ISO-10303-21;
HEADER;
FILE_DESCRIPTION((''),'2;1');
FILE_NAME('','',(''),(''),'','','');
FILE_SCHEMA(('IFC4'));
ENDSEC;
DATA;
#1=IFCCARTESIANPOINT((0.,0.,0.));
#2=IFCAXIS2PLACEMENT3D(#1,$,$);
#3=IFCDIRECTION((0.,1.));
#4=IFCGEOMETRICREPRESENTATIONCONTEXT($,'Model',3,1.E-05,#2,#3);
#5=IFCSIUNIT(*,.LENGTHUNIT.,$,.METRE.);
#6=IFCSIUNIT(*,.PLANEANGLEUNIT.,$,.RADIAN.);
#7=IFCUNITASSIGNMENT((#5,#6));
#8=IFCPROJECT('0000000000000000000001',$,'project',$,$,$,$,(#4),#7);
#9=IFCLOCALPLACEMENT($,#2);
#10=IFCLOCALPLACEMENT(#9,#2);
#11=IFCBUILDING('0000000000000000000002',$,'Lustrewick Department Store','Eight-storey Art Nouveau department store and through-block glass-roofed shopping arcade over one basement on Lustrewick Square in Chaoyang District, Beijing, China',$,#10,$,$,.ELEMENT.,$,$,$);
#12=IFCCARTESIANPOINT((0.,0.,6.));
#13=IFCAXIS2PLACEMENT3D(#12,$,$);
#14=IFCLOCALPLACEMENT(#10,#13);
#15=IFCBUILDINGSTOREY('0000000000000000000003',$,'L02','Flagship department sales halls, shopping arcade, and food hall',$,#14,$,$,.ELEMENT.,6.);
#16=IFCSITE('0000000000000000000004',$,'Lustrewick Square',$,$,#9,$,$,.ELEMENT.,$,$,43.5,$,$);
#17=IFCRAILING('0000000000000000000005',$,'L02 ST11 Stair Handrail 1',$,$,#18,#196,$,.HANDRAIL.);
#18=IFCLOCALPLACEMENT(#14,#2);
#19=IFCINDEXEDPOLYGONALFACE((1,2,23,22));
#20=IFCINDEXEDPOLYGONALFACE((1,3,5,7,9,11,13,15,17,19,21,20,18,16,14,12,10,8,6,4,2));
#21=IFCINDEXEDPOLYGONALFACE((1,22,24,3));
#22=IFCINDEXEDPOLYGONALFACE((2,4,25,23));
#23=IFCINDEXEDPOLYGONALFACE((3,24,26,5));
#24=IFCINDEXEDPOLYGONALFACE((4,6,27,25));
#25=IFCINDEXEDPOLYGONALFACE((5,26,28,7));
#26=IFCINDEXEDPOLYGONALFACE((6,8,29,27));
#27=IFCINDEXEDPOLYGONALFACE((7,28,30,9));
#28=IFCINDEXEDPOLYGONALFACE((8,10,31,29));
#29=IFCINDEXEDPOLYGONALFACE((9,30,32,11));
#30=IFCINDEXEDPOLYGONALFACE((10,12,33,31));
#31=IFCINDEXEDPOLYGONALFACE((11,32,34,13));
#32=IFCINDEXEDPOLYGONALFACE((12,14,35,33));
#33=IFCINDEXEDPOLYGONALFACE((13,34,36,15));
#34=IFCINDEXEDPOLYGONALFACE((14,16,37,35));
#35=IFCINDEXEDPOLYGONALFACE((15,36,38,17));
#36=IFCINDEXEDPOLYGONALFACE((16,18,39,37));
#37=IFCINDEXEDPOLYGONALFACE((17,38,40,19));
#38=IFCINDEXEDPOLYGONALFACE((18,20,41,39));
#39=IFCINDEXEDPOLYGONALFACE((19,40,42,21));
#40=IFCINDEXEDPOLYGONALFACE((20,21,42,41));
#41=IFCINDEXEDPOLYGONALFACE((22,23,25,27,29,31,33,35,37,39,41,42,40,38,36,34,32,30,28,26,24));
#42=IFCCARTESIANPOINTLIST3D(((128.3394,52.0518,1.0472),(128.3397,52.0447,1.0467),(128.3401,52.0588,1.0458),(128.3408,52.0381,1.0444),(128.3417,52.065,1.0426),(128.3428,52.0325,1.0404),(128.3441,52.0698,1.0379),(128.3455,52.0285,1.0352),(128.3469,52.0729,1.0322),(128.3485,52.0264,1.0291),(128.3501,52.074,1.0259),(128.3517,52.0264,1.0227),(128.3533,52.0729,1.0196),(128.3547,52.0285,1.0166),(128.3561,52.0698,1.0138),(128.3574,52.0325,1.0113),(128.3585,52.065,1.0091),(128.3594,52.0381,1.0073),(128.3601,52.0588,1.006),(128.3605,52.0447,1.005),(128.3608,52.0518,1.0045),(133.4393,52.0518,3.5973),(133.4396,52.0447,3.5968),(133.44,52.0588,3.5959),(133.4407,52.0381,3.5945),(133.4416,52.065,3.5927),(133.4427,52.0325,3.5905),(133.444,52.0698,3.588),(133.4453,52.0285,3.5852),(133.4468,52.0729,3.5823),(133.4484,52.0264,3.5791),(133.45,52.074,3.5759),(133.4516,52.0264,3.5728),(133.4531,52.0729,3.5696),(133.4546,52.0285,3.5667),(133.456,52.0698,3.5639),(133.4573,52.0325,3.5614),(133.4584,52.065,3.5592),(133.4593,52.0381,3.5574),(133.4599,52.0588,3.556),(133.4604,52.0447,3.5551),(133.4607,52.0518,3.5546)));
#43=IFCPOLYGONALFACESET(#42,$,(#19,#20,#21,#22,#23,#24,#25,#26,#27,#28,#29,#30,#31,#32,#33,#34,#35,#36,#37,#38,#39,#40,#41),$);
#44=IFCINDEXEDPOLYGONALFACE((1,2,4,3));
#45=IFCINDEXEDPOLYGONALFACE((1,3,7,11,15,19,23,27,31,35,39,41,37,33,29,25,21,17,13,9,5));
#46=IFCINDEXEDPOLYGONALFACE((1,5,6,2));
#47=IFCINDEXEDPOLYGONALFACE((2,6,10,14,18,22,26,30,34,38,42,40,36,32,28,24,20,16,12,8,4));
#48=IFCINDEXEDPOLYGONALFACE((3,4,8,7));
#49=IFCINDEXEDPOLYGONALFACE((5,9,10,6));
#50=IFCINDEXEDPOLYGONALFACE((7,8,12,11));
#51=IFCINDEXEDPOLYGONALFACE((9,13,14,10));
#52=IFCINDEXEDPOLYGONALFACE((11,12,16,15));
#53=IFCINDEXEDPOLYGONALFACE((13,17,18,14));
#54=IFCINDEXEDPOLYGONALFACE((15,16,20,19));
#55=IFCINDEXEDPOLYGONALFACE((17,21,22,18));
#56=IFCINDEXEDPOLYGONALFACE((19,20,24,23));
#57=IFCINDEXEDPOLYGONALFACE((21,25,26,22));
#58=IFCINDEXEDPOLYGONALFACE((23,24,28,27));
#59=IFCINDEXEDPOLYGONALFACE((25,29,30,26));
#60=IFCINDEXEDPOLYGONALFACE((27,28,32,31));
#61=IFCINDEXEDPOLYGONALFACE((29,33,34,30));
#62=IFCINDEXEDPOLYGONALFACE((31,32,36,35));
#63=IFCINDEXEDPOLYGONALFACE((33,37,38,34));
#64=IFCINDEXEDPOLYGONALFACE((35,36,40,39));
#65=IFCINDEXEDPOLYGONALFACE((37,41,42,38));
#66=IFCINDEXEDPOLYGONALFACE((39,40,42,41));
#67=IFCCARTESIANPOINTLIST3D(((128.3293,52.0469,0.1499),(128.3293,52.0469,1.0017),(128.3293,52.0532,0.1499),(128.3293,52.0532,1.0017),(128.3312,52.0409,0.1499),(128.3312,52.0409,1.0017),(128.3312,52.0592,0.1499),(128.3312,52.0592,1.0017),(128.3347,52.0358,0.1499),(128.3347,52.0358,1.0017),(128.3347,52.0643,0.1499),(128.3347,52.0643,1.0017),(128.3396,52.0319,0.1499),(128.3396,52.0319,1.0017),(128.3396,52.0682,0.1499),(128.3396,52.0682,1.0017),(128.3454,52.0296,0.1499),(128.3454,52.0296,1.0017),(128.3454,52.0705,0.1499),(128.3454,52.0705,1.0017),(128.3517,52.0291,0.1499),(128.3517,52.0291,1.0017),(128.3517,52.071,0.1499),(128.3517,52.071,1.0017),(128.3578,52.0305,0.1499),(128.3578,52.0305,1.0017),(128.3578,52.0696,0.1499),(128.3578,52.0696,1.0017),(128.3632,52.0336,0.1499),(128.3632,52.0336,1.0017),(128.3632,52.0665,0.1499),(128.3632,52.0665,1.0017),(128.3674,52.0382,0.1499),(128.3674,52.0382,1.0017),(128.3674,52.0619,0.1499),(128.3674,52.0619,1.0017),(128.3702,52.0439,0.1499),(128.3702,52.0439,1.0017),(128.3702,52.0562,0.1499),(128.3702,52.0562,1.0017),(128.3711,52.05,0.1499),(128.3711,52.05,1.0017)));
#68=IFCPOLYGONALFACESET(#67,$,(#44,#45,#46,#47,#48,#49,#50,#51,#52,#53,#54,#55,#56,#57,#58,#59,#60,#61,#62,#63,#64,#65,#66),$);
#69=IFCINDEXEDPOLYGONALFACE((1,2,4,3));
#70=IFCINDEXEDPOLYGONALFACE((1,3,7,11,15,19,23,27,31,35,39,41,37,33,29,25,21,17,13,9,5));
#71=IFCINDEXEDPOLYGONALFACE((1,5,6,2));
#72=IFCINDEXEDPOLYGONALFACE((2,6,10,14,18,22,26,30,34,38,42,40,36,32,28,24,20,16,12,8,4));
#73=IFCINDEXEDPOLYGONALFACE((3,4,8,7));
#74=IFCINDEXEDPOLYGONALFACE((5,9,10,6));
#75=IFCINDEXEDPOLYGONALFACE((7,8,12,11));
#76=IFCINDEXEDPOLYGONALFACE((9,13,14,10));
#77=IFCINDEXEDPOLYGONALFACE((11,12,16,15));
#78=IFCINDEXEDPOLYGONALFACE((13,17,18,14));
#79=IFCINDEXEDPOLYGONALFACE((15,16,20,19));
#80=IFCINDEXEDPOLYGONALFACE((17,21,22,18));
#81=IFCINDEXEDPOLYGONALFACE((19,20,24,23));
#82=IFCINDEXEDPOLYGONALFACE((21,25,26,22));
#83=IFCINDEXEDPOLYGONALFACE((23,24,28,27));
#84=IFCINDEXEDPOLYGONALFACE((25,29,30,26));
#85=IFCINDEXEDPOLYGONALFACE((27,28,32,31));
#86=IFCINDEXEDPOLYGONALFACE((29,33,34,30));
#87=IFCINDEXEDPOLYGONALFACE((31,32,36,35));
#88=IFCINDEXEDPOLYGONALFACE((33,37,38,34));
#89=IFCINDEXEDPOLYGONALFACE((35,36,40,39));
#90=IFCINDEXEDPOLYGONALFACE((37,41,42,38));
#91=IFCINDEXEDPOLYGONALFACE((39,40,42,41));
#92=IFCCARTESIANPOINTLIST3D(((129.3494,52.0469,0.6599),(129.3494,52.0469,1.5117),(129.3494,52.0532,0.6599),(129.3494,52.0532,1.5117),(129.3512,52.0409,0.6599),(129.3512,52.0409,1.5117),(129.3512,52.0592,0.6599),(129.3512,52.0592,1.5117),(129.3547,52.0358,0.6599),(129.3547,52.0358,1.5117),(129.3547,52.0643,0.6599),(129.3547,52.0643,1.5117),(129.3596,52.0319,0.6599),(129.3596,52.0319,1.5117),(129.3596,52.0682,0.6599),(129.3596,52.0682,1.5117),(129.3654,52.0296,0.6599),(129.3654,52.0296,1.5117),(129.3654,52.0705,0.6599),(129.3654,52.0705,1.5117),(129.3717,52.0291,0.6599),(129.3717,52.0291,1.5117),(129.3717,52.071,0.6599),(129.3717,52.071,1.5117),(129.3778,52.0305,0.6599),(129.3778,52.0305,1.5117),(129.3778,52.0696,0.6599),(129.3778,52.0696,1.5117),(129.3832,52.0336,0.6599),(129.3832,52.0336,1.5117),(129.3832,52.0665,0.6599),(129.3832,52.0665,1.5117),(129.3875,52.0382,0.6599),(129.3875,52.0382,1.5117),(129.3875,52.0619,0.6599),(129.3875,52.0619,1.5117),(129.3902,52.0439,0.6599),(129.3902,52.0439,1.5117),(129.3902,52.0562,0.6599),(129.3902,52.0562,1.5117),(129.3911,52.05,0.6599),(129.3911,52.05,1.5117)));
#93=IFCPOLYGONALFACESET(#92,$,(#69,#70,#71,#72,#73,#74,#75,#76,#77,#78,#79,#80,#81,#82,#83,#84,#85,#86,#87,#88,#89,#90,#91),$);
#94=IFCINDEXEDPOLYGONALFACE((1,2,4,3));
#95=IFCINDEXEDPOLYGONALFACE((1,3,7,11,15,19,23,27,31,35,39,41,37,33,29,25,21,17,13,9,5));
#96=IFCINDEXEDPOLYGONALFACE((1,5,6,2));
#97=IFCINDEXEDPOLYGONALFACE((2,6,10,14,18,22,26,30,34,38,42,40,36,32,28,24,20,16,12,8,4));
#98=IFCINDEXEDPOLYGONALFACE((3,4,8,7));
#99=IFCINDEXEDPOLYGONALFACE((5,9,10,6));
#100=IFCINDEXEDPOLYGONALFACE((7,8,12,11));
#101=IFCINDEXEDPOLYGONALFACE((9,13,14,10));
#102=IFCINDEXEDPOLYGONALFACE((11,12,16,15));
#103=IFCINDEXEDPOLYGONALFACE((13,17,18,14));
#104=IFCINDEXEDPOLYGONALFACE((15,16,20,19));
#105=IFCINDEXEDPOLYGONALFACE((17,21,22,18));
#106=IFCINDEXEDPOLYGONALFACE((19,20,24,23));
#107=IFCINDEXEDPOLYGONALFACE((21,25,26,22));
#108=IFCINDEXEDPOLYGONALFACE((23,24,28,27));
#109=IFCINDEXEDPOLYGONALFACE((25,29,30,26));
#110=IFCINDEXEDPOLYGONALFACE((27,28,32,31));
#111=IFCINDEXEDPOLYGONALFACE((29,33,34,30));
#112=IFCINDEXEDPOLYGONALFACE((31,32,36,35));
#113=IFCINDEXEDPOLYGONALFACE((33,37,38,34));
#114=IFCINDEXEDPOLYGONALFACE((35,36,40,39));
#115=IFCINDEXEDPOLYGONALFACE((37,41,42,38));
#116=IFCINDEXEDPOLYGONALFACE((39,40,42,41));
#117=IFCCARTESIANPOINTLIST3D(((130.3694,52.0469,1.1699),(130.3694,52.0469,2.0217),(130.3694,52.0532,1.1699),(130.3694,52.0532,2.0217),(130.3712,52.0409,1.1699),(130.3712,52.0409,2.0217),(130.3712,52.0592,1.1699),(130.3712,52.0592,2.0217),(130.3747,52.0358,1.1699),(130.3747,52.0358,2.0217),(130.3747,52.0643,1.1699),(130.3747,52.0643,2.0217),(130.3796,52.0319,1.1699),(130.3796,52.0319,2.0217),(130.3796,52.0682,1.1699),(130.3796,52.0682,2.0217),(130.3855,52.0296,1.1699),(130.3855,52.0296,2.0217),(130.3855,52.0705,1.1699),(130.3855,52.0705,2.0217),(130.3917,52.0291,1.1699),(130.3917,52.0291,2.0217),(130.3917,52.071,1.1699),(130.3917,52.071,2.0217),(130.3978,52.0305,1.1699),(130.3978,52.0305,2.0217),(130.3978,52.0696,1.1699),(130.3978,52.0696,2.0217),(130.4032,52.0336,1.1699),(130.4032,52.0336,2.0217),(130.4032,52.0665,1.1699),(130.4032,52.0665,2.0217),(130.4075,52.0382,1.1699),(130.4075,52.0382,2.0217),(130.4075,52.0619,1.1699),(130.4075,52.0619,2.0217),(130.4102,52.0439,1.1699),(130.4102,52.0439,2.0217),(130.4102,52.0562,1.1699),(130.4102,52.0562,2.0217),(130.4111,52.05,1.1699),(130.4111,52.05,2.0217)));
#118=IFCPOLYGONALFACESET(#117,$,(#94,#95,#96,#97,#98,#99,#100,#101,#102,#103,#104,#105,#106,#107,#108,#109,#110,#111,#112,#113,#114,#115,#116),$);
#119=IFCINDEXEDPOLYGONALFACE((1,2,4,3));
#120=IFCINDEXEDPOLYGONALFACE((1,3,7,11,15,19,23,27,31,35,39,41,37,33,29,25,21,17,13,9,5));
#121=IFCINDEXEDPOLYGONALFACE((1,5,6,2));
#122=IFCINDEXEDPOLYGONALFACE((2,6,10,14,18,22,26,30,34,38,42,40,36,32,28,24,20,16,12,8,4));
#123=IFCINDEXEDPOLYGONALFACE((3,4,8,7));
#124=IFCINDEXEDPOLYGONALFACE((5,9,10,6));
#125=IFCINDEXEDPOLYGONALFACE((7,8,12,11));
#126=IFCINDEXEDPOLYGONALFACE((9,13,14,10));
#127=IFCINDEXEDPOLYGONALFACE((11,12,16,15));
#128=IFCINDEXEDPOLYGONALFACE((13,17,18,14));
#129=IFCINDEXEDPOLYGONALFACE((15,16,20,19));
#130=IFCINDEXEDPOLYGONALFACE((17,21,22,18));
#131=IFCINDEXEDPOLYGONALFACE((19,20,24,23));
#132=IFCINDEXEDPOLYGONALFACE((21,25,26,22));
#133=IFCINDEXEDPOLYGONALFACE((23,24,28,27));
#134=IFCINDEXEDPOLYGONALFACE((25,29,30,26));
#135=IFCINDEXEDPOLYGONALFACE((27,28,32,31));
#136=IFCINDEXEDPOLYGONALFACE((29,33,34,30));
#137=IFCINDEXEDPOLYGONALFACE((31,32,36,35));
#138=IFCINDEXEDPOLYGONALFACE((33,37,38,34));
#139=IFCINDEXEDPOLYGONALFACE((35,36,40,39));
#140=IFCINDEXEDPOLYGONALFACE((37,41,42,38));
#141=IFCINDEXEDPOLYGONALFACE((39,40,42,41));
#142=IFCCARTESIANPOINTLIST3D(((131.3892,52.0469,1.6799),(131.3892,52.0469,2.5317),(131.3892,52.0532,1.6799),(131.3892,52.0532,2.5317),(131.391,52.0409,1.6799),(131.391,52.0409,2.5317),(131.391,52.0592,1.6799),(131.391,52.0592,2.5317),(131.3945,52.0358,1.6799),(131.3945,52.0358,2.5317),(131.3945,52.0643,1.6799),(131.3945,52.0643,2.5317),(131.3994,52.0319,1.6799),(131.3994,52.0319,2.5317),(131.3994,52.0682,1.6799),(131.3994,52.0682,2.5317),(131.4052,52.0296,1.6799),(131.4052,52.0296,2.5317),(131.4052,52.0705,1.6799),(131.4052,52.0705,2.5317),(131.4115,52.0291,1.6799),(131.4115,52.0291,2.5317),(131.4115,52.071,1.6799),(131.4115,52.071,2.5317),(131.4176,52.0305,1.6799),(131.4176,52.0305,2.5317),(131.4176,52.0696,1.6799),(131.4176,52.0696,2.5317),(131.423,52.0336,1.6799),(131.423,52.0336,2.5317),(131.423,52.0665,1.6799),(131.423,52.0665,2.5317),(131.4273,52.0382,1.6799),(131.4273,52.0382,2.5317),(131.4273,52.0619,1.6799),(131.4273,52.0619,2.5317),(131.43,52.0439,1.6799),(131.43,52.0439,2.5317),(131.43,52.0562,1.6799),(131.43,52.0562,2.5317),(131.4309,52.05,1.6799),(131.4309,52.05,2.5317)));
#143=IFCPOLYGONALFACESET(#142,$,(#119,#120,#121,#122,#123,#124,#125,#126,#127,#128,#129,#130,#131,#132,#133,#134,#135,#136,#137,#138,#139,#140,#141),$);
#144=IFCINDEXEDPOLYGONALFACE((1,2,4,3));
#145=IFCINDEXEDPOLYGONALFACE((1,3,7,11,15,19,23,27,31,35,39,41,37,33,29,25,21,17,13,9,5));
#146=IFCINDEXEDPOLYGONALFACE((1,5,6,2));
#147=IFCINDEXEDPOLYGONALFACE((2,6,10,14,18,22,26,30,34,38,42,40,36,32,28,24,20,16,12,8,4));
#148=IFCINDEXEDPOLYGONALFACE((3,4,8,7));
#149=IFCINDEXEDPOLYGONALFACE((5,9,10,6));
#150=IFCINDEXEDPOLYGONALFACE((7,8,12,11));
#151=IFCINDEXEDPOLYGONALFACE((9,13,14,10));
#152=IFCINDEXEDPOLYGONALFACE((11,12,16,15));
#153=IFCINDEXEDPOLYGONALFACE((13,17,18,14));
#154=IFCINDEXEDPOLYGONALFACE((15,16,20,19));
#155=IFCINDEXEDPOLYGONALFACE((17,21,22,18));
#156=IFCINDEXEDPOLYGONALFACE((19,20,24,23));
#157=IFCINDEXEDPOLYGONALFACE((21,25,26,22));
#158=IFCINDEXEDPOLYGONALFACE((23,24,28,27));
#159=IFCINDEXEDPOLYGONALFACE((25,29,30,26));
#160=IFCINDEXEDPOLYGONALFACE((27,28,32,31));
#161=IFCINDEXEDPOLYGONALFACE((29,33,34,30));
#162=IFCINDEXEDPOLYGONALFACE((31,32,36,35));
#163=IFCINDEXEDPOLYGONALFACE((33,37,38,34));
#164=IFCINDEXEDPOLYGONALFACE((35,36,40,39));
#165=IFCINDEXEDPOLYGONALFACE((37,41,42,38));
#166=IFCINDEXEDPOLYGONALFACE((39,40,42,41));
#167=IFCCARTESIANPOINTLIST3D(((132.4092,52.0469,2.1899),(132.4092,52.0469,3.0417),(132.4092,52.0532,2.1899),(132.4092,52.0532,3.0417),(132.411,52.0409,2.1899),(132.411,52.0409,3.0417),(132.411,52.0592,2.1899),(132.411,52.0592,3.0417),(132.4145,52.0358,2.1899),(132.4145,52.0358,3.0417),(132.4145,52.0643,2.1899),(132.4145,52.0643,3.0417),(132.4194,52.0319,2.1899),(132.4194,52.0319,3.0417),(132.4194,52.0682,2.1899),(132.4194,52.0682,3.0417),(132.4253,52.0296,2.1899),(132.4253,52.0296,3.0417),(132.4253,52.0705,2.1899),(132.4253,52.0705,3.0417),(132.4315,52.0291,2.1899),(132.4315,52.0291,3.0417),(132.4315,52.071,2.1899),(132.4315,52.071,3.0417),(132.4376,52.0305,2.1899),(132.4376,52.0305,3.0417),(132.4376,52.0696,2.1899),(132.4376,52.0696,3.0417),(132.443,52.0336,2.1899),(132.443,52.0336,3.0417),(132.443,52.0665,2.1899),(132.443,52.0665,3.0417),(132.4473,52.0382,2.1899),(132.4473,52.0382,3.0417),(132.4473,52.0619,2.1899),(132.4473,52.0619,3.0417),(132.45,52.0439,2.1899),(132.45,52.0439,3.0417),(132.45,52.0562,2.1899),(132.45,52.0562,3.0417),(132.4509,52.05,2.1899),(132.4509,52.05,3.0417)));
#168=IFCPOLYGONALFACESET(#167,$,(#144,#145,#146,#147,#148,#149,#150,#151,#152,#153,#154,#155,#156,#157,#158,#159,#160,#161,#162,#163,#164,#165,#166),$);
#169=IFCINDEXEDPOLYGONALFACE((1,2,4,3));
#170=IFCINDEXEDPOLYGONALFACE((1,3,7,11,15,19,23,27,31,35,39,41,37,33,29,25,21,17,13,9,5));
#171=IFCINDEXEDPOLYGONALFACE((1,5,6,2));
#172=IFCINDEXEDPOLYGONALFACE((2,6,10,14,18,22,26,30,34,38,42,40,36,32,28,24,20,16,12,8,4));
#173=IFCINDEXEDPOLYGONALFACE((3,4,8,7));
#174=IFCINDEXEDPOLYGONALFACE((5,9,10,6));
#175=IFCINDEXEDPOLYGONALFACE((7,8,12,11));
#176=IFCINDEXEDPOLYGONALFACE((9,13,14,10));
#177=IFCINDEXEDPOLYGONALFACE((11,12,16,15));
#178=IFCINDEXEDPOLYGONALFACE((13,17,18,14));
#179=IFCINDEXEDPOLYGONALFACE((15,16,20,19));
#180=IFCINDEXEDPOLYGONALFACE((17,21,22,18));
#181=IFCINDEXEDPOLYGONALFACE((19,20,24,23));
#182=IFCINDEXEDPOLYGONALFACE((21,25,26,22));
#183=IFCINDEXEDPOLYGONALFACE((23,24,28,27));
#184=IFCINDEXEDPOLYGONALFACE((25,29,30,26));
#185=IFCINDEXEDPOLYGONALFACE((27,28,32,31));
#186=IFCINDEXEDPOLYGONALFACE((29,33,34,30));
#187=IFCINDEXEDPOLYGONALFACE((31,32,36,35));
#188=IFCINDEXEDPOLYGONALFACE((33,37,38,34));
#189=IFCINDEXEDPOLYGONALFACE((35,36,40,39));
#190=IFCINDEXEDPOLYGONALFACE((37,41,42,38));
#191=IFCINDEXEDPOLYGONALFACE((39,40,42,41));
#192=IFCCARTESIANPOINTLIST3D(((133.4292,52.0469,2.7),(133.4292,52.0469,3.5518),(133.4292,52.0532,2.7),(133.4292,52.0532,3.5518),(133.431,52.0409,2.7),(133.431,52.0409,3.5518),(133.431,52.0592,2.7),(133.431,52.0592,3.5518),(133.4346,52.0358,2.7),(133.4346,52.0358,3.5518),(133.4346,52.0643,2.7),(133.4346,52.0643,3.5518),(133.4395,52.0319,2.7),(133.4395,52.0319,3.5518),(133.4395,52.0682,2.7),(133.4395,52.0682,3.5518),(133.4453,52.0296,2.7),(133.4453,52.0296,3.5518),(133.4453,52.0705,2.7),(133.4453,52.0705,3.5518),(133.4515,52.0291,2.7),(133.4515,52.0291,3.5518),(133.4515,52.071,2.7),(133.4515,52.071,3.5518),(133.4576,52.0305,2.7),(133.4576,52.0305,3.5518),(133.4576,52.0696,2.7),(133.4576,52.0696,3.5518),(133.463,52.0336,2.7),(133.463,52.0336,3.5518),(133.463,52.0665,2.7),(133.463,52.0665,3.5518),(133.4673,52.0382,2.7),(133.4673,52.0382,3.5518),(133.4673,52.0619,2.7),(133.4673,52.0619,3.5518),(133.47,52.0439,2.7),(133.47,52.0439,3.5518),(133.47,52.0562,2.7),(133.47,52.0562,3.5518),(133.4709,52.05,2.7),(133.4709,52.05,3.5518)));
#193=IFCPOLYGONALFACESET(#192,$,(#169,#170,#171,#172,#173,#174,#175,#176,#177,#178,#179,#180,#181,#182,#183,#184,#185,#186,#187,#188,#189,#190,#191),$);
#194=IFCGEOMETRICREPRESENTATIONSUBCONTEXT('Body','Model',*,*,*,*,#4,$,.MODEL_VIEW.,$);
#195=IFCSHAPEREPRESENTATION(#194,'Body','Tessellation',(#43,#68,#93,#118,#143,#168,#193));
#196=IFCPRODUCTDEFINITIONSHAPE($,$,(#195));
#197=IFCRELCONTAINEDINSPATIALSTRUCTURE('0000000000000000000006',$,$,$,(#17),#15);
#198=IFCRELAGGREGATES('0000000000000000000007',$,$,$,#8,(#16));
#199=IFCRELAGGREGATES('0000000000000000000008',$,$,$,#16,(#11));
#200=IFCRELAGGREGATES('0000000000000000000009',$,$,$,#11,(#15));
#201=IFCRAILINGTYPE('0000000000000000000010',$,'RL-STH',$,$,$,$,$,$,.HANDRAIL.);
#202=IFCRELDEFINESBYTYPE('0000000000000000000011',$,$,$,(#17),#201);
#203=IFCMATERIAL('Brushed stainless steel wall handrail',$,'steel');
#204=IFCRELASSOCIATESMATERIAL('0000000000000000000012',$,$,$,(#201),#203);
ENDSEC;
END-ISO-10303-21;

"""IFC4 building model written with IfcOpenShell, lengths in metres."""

from ifc_helpers import new_model, si_unit, direction, frame, origin, origin_2d, place, context, subcontext, project, spatial, circle, extrude, material, type_object, element, save


model = new_model("IFC4")

# Units and contexts
model_context = context("Model", 3, precision=1e-05, world=origin(), true_north=direction((0.0, 1.0)))
body_context = subcontext(model_context, "Body", "Model", "MODEL_VIEW")
ifc_project = project(units=[si_unit("LENGTHUNIT", "METRE"), si_unit("PLANEANGLEUNIT", "RADIAN")], contexts=[model_context])

# Site, building, storey
site_placement = place(None, origin())
site = spatial("IfcSite", under=ifc_project, at=site_placement, Name="Lustrewick Square", CompositionType="ELEMENT", RefElevation=43.5)
building_placement = place(site_placement, origin())
building = spatial("IfcBuilding", under=site, at=building_placement, Name="Lustrewick Department Store", Description="Eight-storey Art Nouveau department store and through-block glass-roofed shopping arcade over one basement on Lustrewick Square in Chaoyang District, Beijing, China", CompositionType="ELEMENT")
storey_placement = place(building_placement, frame((0.0, 0.0, 6.0)))
storey = spatial("IfcBuildingStorey", under=building, at=storey_placement, Name="L02", Description="Flagship department sales halls, shopping arcade, and food hall", CompositionType="ELEMENT", Elevation=6.0)

# Railing
ifc_material_1 = material(Name="Brushed stainless steel wall handrail", Category="steel")
railing_type_1 = type_object("IfcRailingType", Name="RL-STH", PredefinedType="HANDRAIL", material=ifc_material_1)
railing_1_placement = place(storey_placement, frame((128.3501, 52.05, 0.1499)))
element("IfcRailing", 1, at=railing_1_placement, inside=storey, type_object=railing_type_1, Name="L02 ST11 Stair Handrail 1", PredefinedType="HANDRAIL", context=body_context, shape_type="SweptSolid", body=[
    extrude(circle(Radius=0.0239, at=origin_2d()), frame((0.0, 0.0, 0.876), z_axis=(0.894419, 0.0, 0.447231), x_axis=(0.0, 1.0, 0.0)), (0.0, 0.0, 1.0), 5.7019),
    extrude(circle(Radius=0.021, at=origin_2d()), origin(), (0.0, 0.0, 1.0), 0.8518),
    extrude(circle(Radius=0.021, at=origin_2d()), frame((1.02, 0.0, 0.51)), (0.0, 0.0, 1.0), 0.8518),
    extrude(circle(Radius=0.021, at=origin_2d()), frame((2.04, 0.0, 1.02)), (0.0, 0.0, 1.0), 0.8518),
    extrude(circle(Radius=0.021, at=origin_2d()), frame((3.0598, 0.0, 1.53)), (0.0, 0.0, 1.0), 0.8518),
    extrude(circle(Radius=0.021, at=origin_2d()), frame((4.0798, 0.0, 2.04)), (0.0, 0.0, 1.0), 0.8518),
    extrude(circle(Radius=0.021, at=origin_2d()), frame((5.0999, 0.0, 2.55)), (0.0, 0.0, 1.0), 0.8518),
])

save(model, "model.ifc")
